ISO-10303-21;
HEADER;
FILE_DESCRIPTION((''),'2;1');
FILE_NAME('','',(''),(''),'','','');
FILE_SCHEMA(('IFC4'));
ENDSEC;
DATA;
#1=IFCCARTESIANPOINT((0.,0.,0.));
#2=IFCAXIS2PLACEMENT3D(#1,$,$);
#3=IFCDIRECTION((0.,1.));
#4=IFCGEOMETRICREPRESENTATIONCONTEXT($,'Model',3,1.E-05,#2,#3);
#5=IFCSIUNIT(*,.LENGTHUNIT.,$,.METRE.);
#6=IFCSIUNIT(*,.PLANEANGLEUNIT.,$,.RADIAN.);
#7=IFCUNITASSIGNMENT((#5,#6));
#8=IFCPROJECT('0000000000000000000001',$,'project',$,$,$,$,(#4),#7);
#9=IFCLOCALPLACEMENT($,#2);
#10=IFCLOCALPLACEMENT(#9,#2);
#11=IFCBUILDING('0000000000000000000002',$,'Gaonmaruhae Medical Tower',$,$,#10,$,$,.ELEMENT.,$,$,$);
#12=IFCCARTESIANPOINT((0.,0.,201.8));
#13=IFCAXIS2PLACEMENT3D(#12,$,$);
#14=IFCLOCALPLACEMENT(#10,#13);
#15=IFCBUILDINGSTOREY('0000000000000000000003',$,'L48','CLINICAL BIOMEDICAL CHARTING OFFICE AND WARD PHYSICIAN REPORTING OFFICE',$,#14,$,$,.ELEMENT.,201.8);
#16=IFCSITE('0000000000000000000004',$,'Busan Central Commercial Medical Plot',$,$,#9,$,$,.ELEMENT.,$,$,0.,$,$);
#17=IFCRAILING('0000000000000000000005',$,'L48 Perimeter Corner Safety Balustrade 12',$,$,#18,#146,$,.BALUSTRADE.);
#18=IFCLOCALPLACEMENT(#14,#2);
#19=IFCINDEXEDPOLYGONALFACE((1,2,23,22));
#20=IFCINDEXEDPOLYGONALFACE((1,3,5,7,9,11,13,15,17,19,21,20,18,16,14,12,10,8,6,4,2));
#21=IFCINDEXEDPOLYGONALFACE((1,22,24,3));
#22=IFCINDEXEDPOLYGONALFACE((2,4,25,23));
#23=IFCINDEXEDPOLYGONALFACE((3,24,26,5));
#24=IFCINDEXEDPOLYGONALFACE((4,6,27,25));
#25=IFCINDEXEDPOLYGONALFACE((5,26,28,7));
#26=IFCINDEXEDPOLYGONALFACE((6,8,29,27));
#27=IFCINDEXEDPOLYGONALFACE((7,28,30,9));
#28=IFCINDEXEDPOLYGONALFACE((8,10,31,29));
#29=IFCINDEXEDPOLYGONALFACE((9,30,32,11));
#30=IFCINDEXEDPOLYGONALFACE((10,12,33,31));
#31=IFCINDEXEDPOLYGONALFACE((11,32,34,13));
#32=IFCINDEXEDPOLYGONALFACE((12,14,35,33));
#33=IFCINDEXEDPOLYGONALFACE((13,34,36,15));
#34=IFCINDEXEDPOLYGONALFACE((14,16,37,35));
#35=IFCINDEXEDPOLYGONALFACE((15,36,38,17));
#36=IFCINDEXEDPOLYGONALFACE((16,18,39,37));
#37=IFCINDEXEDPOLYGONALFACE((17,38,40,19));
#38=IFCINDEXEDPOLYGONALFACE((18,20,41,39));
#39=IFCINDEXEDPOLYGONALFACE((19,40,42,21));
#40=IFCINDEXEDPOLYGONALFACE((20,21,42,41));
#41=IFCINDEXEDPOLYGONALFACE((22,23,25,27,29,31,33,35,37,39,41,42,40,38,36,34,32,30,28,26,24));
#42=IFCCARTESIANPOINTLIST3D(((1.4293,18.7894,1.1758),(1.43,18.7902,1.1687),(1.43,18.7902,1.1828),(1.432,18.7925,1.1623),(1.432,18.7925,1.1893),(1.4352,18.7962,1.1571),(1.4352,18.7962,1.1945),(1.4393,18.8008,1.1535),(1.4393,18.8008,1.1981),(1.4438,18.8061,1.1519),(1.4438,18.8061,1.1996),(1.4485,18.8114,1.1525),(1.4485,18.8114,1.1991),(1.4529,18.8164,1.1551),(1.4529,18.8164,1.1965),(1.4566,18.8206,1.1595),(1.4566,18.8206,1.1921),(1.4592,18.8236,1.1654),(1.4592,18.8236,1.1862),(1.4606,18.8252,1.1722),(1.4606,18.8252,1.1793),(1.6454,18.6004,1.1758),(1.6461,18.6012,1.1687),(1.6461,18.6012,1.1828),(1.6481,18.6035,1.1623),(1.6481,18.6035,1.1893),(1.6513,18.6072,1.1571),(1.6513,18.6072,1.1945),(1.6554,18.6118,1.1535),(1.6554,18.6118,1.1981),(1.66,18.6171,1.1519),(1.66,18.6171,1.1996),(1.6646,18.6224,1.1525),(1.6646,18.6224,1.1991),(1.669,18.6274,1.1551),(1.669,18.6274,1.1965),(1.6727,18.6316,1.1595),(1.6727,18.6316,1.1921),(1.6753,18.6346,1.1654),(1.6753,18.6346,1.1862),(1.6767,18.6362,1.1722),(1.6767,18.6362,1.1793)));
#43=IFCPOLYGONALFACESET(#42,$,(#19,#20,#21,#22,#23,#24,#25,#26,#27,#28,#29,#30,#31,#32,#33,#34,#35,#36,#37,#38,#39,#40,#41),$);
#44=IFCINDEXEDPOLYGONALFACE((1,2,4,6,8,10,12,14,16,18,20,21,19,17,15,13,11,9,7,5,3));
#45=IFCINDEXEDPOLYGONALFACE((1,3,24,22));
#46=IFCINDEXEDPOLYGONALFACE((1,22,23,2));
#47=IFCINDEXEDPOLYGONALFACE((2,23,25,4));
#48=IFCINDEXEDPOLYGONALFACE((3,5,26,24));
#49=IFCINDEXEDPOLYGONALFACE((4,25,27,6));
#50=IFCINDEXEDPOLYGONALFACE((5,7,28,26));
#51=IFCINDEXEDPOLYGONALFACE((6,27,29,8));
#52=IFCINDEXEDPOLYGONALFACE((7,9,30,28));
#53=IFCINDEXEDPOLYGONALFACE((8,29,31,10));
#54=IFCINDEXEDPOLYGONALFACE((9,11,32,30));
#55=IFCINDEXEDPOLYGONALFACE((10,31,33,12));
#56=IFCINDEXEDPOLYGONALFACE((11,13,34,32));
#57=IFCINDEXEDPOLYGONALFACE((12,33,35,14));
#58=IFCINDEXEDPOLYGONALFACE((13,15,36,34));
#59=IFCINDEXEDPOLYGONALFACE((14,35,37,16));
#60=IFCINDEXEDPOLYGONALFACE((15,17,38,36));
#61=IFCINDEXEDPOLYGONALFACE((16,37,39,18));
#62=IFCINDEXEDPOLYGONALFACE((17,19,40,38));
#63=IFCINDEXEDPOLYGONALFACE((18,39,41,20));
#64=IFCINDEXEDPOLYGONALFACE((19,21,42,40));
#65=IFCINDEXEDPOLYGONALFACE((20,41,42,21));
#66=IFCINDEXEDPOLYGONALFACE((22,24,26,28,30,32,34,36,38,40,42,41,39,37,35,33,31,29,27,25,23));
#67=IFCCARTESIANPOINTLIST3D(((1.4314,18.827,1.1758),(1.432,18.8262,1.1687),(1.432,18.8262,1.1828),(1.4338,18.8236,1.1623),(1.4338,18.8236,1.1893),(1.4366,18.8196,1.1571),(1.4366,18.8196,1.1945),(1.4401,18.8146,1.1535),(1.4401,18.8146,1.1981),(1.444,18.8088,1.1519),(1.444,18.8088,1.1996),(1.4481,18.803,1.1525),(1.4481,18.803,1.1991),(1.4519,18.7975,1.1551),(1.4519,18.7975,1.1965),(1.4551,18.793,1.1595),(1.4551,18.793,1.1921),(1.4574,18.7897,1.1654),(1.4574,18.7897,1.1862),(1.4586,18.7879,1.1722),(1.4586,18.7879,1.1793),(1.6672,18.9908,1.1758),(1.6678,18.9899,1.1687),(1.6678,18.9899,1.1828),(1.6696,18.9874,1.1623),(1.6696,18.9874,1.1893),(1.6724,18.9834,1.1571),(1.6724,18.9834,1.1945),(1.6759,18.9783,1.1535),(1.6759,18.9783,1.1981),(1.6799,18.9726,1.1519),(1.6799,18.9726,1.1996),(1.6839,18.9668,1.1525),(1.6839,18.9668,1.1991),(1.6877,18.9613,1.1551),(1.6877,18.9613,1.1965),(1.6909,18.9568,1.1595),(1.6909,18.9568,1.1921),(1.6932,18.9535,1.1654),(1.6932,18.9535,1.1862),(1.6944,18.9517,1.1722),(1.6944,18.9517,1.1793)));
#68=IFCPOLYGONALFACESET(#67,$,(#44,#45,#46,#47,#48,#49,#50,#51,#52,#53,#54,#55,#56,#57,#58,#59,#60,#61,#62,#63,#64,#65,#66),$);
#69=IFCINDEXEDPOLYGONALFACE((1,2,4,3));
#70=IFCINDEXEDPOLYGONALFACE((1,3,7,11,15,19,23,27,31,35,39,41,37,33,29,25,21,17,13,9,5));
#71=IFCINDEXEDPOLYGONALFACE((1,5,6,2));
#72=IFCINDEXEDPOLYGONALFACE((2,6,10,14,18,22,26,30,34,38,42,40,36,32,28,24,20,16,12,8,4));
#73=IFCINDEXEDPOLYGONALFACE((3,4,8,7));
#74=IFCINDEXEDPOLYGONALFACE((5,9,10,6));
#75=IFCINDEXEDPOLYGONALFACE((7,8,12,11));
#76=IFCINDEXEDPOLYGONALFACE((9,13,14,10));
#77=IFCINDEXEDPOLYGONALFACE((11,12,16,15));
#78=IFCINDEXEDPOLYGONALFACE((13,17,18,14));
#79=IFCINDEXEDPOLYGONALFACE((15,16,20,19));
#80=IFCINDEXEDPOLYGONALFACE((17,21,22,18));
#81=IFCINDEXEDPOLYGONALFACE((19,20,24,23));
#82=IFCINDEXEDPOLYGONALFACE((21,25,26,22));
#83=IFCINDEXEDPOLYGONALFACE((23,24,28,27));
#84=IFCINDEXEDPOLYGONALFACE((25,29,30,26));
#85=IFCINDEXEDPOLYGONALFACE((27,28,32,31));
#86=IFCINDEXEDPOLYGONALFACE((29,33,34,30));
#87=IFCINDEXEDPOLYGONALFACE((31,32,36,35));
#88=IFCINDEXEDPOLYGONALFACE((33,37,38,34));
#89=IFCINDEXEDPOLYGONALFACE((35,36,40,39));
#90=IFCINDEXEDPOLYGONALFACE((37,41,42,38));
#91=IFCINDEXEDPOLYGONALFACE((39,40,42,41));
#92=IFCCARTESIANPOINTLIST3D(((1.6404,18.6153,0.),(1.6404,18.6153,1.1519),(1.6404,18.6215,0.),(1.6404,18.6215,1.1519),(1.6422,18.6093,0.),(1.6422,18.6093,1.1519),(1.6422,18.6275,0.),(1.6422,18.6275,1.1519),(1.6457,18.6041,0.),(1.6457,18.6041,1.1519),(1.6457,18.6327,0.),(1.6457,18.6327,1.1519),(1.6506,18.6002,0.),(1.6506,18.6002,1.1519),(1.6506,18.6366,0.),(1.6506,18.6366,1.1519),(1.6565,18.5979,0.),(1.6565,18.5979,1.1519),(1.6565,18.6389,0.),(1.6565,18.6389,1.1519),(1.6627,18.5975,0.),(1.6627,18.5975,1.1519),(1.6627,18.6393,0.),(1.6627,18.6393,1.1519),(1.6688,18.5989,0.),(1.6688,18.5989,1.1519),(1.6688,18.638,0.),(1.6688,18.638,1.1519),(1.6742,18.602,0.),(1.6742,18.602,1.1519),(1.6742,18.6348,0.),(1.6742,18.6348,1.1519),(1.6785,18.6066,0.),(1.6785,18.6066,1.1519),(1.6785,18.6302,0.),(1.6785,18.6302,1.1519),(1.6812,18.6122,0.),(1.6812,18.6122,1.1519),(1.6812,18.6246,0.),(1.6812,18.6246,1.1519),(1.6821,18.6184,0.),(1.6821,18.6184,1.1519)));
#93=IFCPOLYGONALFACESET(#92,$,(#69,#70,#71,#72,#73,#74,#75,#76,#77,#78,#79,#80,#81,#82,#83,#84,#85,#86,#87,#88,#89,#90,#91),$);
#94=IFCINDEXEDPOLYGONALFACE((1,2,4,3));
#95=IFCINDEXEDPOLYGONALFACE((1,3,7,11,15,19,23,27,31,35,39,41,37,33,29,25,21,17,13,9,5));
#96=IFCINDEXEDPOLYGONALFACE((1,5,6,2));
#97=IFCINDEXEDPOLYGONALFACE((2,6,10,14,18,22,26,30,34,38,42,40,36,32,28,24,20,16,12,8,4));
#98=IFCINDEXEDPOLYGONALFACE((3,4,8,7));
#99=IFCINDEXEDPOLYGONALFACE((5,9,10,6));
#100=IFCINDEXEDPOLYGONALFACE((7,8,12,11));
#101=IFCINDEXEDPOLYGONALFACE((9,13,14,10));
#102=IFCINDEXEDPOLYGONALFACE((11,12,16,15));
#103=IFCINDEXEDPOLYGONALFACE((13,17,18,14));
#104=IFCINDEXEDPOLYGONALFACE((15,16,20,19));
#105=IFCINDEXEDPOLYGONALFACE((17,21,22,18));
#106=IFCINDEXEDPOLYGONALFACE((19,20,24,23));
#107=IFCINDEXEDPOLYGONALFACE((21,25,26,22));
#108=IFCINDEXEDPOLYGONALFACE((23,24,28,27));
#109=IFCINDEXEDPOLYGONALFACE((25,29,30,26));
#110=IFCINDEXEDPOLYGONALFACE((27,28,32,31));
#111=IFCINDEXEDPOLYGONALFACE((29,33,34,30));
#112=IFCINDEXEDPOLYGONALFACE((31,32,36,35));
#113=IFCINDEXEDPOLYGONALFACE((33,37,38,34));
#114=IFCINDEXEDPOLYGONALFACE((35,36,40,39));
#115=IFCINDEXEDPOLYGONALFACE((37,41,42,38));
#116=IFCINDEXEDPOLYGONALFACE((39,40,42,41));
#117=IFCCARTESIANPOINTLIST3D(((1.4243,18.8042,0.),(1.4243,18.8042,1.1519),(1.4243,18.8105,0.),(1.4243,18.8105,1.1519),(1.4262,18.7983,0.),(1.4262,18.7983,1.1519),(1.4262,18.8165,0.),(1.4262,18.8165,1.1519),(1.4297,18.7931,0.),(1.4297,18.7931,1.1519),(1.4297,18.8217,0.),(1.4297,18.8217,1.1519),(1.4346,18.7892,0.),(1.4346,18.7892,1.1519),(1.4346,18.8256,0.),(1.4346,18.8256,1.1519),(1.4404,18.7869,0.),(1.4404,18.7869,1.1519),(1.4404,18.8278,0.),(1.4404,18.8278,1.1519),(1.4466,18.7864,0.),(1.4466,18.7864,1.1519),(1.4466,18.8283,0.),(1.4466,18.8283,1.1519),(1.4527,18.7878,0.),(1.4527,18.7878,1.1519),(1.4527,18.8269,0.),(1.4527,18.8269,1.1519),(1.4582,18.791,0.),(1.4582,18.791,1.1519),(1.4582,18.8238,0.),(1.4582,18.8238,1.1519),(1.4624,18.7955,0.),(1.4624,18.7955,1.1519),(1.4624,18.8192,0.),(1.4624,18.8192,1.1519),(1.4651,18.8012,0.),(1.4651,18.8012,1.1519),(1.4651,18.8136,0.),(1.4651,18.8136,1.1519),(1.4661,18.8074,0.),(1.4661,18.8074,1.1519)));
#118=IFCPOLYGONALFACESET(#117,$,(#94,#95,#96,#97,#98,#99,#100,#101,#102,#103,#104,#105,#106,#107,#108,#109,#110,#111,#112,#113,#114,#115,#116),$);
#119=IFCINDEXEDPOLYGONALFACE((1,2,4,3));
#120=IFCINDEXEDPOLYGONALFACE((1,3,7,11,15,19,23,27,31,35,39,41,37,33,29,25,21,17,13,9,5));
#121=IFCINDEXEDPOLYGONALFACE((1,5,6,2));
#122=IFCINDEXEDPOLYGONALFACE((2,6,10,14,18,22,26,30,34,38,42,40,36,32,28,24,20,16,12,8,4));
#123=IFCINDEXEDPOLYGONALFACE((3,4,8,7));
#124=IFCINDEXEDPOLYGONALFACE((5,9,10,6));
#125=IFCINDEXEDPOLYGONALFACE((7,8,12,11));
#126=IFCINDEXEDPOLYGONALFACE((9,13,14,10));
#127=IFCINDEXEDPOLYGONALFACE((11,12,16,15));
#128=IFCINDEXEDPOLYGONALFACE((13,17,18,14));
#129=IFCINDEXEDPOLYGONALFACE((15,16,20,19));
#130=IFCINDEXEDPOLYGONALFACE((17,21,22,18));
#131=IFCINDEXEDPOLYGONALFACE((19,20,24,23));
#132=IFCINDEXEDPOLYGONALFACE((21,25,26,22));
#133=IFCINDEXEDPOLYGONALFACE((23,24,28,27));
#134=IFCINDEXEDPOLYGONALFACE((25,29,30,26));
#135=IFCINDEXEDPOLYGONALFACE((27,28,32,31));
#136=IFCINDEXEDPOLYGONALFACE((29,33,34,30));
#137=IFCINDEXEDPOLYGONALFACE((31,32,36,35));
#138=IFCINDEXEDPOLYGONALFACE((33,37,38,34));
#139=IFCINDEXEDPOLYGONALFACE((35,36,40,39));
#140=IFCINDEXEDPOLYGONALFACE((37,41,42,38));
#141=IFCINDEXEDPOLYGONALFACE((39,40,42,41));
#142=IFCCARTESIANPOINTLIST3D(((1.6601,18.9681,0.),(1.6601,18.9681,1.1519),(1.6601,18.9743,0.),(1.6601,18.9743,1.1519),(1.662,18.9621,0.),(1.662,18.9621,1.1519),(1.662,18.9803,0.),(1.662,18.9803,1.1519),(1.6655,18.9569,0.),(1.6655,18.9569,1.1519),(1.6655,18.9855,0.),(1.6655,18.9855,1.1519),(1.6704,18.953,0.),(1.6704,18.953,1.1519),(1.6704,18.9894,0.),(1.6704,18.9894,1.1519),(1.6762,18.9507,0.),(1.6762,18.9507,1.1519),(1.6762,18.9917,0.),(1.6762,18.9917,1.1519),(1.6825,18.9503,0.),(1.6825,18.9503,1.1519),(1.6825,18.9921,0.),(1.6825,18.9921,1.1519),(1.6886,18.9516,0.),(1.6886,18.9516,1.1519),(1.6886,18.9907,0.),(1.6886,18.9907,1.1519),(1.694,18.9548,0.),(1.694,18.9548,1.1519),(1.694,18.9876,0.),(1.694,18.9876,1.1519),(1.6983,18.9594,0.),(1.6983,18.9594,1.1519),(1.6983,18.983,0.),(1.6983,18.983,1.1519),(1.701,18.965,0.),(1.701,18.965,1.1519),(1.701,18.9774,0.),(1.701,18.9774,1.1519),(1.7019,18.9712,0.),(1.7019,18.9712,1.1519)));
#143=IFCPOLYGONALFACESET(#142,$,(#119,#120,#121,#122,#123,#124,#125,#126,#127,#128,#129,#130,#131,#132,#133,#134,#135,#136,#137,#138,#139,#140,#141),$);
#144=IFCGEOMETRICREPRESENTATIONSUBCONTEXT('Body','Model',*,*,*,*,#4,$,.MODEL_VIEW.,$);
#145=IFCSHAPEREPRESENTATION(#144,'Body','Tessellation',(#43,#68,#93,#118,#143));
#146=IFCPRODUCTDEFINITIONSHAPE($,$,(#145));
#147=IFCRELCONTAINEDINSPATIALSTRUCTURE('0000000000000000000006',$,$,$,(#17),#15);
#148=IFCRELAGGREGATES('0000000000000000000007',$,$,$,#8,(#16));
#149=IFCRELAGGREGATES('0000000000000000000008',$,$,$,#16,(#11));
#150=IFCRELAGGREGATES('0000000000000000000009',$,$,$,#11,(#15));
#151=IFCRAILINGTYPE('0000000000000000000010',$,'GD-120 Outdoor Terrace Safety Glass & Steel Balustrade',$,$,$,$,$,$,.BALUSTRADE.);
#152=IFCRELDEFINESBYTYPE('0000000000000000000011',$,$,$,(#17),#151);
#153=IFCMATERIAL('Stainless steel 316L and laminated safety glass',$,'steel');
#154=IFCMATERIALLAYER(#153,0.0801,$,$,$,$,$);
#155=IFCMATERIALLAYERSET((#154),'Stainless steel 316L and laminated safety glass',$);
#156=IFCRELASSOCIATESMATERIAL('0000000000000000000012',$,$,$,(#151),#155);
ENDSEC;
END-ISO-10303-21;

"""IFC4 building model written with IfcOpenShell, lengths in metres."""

from ifc_helpers import new_model, si_unit, direction, frame, origin, origin_2d, place, context, subcontext, project, spatial, circle, extrude, material, layer, layer_set, type_object, element, save


model = new_model("IFC4")

# Units and contexts
model_context = context("Model", 3, precision=1e-05, world=origin(), true_north=direction((0.0, 1.0)))
body_context = subcontext(model_context, "Body", "Model", "MODEL_VIEW")
ifc_project = project(units=[si_unit("LENGTHUNIT", "METRE"), si_unit("PLANEANGLEUNIT", "RADIAN")], contexts=[model_context])

# Site, building, storey
site_placement = place(None, origin())
site = spatial("IfcSite", under=ifc_project, at=site_placement, Name="Busan Central Commercial Medical Plot", CompositionType="ELEMENT", RefElevation=0.0)
building_placement = place(site_placement, origin())
building = spatial("IfcBuilding", under=site, at=building_placement, Name="Gaonmaruhae Medical Tower", CompositionType="ELEMENT")
storey_placement = place(building_placement, frame((0.0, 0.0, 201.8)))
storey = spatial("IfcBuildingStorey", under=building, at=storey_placement, Name="L48", Description="CLINICAL BIOMEDICAL CHARTING OFFICE AND WARD PHYSICIAN REPORTING OFFICE", CompositionType="ELEMENT", Elevation=201.8)

# Railing
ifc_material_1 = material(Name="Stainless steel 316L and laminated safety glass", Category="steel")
ifc_layer_1 = layer(ifc_material_1, 0.0801)
ifc_layer_set_1 = layer_set([ifc_layer_1], Name="Stainless steel 316L and laminated safety glass")
railing_type = type_object("IfcRailingType", Name="GD-120 Outdoor Terrace Safety Glass & Steel Balustrade", PredefinedType="BALUSTRADE", material=ifc_layer_set_1)
railing_1_placement = place(storey_placement, frame((1.6611, 18.6184, 0.0)))
element("IfcRailing", 1, at=railing_1_placement, inside=storey, type_object=railing_type, Name="L48 Perimeter Corner Safety Balustrade 12", PredefinedType="BALUSTRADE", context=body_context, shape_type="SweptSolid", body=[
    extrude(circle(Radius=0.0239, at=origin_2d()), frame((0.0, 0.0, 1.1758), z_axis=(-0.752735, 0.658324, 0.0), x_axis=(-0.658324, -0.752735, 0.0)), (0.0, 0.0, 1.0), 0.2871),
    extrude(circle(Radius=0.0239, at=origin_2d()), frame((-0.2161, 0.189, 1.1758), z_axis=(0.821304, 0.570491, 0.0), x_axis=(-0.570491, 0.821304, 0.0)), (0.0, 0.0, 1.0), 0.2871),
    extrude(circle(Radius=0.021, at=origin_2d()), origin(), (0.0, 0.0, 1.0), 1.1519),
    extrude(circle(Radius=0.021, at=origin_2d()), frame((-0.2161, 0.189, 0.0)), (0.0, 0.0, 1.0), 1.1519),
    extrude(circle(Radius=0.021, at=origin_2d()), frame((0.0198, 0.3528, 0.0)), (0.0, 0.0, 1.0), 1.1519),
])

save(model, "model.ifc")
